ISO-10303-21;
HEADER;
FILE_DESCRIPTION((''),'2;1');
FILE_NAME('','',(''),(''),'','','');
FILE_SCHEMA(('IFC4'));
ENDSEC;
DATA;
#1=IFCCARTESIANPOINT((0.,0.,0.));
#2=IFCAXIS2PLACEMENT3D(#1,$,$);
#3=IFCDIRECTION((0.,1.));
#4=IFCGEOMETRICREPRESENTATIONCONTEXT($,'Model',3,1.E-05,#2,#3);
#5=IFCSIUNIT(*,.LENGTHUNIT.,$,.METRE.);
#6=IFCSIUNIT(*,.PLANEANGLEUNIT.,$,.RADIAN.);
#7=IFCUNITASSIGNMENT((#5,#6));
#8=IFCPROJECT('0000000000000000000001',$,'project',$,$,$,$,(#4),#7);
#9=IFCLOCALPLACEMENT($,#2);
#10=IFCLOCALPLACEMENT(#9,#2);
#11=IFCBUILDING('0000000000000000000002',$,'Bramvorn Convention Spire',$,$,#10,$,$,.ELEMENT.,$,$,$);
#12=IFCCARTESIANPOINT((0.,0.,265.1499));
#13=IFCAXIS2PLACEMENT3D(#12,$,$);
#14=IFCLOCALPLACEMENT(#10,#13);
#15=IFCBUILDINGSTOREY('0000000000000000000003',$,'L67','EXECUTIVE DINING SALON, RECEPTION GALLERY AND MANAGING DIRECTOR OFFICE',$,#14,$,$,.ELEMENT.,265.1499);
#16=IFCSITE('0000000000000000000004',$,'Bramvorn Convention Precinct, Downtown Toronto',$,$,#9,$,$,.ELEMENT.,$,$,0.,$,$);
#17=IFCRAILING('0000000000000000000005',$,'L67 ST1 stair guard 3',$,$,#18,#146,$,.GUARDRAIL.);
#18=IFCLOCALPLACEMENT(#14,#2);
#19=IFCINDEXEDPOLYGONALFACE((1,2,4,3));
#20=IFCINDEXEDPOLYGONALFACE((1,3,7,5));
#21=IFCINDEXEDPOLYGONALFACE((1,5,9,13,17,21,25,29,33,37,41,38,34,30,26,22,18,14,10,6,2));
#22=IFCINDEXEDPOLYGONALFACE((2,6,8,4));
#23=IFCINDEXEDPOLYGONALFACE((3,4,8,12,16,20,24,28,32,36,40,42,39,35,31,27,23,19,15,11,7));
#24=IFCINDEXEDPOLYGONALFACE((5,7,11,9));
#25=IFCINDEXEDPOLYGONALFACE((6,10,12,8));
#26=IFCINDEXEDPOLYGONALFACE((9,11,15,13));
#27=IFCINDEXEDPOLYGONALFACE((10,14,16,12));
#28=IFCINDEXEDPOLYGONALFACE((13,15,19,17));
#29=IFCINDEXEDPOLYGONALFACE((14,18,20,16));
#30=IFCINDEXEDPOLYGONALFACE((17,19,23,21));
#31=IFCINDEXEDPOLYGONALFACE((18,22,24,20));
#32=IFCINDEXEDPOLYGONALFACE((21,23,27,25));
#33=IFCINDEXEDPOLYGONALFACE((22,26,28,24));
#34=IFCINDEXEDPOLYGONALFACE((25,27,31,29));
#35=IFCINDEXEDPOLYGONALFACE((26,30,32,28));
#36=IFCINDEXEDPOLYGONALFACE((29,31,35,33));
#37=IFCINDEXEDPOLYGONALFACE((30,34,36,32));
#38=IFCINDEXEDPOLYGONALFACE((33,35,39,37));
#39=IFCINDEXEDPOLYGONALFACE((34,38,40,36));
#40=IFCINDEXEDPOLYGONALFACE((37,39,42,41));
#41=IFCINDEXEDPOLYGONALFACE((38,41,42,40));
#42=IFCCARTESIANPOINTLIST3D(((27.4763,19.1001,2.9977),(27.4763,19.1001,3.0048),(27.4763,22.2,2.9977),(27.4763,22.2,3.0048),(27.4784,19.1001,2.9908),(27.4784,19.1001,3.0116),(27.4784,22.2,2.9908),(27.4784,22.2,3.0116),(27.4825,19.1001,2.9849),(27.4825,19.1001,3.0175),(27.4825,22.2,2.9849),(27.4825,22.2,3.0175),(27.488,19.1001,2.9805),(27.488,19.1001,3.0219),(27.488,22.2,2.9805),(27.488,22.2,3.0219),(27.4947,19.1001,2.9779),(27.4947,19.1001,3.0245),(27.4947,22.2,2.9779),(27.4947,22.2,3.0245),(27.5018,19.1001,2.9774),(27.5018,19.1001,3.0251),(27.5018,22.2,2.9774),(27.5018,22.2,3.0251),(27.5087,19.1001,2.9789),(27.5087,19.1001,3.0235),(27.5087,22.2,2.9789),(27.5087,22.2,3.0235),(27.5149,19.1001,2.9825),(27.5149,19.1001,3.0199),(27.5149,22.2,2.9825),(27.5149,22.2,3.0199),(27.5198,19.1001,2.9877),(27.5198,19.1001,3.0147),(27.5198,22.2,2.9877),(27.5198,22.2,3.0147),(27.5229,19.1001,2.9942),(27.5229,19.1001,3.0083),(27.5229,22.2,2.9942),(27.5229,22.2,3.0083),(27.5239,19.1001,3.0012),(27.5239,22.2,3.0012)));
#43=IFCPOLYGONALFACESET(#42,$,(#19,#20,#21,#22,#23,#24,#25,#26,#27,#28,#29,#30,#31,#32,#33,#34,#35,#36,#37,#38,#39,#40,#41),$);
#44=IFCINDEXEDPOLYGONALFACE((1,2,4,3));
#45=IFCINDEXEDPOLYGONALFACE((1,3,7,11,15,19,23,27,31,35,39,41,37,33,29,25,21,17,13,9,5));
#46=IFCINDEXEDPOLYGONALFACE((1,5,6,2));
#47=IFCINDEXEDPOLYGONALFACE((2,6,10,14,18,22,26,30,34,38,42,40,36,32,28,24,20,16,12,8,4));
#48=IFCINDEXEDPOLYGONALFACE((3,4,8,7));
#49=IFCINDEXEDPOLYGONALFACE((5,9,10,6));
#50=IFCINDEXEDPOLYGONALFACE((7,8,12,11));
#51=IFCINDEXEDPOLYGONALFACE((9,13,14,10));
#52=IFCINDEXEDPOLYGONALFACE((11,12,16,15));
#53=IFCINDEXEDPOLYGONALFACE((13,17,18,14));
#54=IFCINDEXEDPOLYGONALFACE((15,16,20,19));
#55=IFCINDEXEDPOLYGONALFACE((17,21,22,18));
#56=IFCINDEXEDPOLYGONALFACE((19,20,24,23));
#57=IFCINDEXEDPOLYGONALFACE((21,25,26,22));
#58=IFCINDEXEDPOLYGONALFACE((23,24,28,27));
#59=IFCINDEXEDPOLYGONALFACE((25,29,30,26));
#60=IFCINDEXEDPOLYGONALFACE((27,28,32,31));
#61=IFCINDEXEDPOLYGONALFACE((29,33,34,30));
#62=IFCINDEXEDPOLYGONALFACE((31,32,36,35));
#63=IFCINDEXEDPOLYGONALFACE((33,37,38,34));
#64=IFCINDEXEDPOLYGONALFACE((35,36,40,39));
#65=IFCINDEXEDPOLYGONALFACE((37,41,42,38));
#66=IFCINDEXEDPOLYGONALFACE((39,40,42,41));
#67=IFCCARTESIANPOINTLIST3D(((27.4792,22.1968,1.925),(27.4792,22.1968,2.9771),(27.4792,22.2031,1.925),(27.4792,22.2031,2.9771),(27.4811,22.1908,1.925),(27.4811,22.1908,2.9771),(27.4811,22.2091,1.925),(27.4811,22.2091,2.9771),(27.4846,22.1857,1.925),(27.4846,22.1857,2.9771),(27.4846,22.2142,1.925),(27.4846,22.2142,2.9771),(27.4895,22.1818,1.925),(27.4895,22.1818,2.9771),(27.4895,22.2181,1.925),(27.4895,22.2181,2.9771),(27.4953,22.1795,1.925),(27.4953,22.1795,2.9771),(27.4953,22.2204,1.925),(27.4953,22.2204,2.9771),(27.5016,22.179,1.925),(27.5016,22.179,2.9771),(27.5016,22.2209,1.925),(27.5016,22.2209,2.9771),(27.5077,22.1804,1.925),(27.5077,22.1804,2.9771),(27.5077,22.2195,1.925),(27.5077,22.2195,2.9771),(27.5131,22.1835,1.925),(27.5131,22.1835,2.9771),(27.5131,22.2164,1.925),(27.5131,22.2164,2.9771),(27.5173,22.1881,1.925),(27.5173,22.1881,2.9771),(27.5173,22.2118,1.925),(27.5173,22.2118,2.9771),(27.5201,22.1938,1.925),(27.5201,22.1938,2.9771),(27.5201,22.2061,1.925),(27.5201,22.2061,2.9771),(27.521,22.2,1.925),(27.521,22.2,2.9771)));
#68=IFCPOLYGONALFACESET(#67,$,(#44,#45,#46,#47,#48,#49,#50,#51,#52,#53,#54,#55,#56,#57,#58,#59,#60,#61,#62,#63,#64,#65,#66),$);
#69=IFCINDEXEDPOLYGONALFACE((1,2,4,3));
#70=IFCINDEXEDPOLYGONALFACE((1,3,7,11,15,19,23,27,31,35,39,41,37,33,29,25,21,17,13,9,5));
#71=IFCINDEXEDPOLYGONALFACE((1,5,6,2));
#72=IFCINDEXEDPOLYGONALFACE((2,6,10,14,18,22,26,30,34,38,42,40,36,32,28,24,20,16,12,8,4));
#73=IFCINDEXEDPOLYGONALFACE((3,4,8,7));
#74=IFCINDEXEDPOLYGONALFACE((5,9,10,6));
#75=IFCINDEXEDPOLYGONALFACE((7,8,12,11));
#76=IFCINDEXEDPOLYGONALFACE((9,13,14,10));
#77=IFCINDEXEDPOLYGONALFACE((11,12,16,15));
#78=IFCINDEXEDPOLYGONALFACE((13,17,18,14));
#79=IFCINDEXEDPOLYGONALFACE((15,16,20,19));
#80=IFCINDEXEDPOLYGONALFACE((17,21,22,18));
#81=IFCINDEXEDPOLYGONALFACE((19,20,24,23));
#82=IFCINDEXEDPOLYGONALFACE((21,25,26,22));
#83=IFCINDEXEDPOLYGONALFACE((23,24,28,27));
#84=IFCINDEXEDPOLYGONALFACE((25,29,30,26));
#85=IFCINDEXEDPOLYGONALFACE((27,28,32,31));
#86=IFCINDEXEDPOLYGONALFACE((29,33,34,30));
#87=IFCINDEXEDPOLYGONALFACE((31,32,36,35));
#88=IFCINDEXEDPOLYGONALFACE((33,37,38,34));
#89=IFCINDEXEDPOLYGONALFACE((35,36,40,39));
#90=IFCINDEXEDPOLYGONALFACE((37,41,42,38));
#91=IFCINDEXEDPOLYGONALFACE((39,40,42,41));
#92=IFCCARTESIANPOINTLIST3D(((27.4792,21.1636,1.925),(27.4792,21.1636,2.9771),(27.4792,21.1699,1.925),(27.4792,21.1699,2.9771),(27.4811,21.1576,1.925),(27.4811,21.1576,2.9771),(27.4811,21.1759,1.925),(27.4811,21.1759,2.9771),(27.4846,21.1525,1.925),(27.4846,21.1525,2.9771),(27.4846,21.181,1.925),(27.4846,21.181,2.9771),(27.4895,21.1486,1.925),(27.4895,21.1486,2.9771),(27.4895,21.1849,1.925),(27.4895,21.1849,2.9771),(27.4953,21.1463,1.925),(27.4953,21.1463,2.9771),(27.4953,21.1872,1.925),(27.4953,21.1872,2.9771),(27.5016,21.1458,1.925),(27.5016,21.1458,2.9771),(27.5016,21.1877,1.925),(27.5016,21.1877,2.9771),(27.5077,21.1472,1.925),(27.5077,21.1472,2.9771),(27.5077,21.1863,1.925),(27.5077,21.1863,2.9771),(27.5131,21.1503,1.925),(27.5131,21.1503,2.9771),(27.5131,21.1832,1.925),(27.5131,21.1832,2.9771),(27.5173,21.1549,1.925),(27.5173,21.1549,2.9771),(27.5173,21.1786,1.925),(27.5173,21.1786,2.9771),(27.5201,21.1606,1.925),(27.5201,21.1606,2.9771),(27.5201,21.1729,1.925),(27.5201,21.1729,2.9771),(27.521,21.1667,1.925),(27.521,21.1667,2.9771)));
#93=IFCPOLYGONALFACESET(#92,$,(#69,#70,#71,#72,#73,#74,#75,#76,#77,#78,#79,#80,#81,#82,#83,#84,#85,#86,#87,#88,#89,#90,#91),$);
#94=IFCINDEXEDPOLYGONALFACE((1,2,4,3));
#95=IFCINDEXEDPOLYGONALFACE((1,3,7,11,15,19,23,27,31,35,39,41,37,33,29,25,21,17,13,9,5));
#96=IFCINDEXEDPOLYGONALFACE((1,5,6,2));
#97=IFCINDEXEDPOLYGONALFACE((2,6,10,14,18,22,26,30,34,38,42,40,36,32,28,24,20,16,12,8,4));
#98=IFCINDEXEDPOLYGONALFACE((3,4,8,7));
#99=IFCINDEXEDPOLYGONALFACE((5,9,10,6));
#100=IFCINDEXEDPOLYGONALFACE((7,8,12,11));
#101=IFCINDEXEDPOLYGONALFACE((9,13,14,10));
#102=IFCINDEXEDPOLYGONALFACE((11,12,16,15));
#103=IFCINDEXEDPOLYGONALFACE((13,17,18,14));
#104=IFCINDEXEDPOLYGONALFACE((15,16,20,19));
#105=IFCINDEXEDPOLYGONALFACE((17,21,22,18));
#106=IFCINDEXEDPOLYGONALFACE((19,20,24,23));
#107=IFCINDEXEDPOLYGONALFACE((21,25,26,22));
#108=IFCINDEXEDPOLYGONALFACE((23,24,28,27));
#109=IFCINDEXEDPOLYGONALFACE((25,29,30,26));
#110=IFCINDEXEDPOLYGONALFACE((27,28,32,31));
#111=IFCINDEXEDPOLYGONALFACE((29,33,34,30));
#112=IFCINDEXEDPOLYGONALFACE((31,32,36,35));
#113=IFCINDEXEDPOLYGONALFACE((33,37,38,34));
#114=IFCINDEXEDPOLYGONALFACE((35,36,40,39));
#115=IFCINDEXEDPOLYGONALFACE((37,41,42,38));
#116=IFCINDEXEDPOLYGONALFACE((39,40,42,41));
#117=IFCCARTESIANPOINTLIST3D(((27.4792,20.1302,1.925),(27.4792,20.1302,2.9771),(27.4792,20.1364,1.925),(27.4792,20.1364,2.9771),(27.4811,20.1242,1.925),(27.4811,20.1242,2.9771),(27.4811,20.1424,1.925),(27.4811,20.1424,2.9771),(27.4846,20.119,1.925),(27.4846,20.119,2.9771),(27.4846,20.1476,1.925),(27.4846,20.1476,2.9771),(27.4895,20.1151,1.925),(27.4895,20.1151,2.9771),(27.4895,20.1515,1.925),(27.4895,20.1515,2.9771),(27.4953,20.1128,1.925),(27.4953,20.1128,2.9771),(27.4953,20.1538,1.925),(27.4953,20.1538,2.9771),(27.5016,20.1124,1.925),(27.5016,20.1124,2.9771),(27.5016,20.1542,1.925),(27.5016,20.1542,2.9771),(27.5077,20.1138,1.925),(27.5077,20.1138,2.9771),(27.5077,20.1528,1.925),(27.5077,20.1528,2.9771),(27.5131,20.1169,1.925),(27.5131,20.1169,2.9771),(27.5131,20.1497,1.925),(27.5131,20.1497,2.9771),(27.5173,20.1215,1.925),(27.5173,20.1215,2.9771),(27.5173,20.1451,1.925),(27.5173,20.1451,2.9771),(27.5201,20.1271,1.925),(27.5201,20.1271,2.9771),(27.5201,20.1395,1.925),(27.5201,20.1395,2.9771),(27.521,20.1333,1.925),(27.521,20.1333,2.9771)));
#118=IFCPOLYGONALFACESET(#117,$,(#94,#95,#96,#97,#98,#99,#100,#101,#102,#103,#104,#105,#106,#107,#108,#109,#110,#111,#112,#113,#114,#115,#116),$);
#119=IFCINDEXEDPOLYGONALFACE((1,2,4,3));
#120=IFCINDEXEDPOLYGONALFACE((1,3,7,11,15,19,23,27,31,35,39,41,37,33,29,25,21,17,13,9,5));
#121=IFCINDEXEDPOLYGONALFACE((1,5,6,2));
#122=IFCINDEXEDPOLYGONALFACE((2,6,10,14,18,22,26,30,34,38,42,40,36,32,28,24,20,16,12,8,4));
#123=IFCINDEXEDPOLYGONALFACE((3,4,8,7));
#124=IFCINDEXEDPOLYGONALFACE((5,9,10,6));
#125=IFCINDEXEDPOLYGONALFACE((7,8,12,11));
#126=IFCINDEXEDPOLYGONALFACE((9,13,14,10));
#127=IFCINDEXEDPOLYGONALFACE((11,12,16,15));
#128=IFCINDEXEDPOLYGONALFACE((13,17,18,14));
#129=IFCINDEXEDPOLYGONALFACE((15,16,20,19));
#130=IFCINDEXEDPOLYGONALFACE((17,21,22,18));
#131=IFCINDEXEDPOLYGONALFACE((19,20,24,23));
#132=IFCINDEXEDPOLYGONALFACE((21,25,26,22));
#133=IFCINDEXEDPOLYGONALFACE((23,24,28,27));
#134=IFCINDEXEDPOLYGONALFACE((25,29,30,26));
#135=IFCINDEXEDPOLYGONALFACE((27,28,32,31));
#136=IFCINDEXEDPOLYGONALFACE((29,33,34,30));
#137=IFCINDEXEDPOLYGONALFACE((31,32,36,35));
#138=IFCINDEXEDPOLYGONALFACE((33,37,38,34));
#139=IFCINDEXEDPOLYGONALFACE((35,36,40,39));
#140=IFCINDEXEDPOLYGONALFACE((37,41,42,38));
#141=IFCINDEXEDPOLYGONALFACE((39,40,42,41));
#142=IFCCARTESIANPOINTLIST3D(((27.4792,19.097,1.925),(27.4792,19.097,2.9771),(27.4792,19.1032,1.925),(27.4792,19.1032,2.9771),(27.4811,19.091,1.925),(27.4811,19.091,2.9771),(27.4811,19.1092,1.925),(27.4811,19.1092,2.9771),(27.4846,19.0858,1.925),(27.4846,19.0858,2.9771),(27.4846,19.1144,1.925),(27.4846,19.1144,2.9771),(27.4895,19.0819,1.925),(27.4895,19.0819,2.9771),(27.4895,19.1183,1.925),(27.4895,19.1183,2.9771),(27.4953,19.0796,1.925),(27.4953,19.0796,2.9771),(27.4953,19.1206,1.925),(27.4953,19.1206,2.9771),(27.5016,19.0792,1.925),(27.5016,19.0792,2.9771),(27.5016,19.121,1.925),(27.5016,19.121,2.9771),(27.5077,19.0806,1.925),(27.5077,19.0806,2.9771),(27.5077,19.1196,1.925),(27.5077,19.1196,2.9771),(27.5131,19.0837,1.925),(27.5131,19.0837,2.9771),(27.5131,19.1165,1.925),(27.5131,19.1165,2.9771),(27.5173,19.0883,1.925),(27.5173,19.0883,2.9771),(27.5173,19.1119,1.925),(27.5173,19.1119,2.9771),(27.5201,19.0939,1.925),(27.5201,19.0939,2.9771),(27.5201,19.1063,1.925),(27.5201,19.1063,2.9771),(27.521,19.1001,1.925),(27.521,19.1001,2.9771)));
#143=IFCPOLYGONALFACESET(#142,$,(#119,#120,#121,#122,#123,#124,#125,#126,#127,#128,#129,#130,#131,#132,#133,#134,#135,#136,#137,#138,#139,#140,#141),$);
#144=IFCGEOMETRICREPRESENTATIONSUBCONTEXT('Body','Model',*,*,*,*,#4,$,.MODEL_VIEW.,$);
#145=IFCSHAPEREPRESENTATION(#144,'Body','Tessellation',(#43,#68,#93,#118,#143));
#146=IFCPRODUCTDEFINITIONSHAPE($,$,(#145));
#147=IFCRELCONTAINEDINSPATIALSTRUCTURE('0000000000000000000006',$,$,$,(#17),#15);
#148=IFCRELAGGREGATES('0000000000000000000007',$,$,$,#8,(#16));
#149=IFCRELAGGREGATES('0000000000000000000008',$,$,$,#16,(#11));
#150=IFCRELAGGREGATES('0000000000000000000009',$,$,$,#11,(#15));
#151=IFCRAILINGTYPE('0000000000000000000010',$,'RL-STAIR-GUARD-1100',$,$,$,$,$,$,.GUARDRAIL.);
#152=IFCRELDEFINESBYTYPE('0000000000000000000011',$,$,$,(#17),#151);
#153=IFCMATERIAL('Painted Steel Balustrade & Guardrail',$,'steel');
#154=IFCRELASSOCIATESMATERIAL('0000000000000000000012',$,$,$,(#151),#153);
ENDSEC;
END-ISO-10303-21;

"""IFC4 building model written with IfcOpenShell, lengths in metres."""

from ifc_helpers import new_model, si_unit, direction, frame, origin, origin_2d, place, context, subcontext, project, spatial, circle, extrude, material, type_object, element, save


model = new_model("IFC4")

# Units and contexts
model_context = context("Model", 3, precision=1e-05, world=origin(), true_north=direction((0.0, 1.0)))
body_context = subcontext(model_context, "Body", "Model", "MODEL_VIEW")
ifc_project = project(units=[si_unit("LENGTHUNIT", "METRE"), si_unit("PLANEANGLEUNIT", "RADIAN")], contexts=[model_context])

# Site, building, storey
site_placement = place(None, origin())
site = spatial("IfcSite", under=ifc_project, at=site_placement, Name="Bramvorn Convention Precinct, Downtown Toronto", CompositionType="ELEMENT", RefElevation=0.0)
building_placement = place(site_placement, origin())
building = spatial("IfcBuilding", under=site, at=building_placement, Name="Bramvorn Convention Spire", CompositionType="ELEMENT")
storey_placement = place(building_placement, frame((0.0, 0.0, 265.1499)))
storey = spatial("IfcBuildingStorey", under=building, at=storey_placement, Name="L67", Description="EXECUTIVE DINING SALON, RECEPTION GALLERY AND MANAGING DIRECTOR OFFICE", CompositionType="ELEMENT", Elevation=265.1499)

# Railing
ifc_material_1 = material(Name="Painted Steel Balustrade & Guardrail", Category="steel")
railing_type_1 = type_object("IfcRailingType", Name="RL-STAIR-GUARD-1100", PredefinedType="GUARDRAIL", material=ifc_material_1)
for number, where, name in (
    (1, (27.5, 22.2, 1.925), "L67 ST1 stair guard 3"),
):
    element("IfcRailing", number, at=place(storey_placement, frame(where)), inside=storey, type_object=railing_type_1, Name=name, PredefinedType="GUARDRAIL", context=body_context, shape_type="SweptSolid", body=[
        extrude(circle(Radius=0.0239, at=origin_2d()), frame((0.0, 0.0, 1.0762), z_axis=(0.0, -1.0, 0.0), x_axis=(1.0, 0.0, 0.0)), (0.0, 0.0, 1.0), 3.0999),
        extrude(circle(Radius=0.021, at=origin_2d()), origin(), (0.0, 0.0, 1.0), 1.052),
        extrude(circle(Radius=0.021, at=origin_2d()), frame((0.0, -1.0332, 0.0)), (0.0, 0.0, 1.0), 1.052),
        extrude(circle(Radius=0.021, at=origin_2d()), frame((0.0, -2.0667, 0.0)), (0.0, 0.0, 1.0), 1.052),
        extrude(circle(Radius=0.021, at=origin_2d()), frame((0.0, -3.0999, 0.0)), (0.0, 0.0, 1.0), 1.052),
    ])

save(model, "model.ifc")
